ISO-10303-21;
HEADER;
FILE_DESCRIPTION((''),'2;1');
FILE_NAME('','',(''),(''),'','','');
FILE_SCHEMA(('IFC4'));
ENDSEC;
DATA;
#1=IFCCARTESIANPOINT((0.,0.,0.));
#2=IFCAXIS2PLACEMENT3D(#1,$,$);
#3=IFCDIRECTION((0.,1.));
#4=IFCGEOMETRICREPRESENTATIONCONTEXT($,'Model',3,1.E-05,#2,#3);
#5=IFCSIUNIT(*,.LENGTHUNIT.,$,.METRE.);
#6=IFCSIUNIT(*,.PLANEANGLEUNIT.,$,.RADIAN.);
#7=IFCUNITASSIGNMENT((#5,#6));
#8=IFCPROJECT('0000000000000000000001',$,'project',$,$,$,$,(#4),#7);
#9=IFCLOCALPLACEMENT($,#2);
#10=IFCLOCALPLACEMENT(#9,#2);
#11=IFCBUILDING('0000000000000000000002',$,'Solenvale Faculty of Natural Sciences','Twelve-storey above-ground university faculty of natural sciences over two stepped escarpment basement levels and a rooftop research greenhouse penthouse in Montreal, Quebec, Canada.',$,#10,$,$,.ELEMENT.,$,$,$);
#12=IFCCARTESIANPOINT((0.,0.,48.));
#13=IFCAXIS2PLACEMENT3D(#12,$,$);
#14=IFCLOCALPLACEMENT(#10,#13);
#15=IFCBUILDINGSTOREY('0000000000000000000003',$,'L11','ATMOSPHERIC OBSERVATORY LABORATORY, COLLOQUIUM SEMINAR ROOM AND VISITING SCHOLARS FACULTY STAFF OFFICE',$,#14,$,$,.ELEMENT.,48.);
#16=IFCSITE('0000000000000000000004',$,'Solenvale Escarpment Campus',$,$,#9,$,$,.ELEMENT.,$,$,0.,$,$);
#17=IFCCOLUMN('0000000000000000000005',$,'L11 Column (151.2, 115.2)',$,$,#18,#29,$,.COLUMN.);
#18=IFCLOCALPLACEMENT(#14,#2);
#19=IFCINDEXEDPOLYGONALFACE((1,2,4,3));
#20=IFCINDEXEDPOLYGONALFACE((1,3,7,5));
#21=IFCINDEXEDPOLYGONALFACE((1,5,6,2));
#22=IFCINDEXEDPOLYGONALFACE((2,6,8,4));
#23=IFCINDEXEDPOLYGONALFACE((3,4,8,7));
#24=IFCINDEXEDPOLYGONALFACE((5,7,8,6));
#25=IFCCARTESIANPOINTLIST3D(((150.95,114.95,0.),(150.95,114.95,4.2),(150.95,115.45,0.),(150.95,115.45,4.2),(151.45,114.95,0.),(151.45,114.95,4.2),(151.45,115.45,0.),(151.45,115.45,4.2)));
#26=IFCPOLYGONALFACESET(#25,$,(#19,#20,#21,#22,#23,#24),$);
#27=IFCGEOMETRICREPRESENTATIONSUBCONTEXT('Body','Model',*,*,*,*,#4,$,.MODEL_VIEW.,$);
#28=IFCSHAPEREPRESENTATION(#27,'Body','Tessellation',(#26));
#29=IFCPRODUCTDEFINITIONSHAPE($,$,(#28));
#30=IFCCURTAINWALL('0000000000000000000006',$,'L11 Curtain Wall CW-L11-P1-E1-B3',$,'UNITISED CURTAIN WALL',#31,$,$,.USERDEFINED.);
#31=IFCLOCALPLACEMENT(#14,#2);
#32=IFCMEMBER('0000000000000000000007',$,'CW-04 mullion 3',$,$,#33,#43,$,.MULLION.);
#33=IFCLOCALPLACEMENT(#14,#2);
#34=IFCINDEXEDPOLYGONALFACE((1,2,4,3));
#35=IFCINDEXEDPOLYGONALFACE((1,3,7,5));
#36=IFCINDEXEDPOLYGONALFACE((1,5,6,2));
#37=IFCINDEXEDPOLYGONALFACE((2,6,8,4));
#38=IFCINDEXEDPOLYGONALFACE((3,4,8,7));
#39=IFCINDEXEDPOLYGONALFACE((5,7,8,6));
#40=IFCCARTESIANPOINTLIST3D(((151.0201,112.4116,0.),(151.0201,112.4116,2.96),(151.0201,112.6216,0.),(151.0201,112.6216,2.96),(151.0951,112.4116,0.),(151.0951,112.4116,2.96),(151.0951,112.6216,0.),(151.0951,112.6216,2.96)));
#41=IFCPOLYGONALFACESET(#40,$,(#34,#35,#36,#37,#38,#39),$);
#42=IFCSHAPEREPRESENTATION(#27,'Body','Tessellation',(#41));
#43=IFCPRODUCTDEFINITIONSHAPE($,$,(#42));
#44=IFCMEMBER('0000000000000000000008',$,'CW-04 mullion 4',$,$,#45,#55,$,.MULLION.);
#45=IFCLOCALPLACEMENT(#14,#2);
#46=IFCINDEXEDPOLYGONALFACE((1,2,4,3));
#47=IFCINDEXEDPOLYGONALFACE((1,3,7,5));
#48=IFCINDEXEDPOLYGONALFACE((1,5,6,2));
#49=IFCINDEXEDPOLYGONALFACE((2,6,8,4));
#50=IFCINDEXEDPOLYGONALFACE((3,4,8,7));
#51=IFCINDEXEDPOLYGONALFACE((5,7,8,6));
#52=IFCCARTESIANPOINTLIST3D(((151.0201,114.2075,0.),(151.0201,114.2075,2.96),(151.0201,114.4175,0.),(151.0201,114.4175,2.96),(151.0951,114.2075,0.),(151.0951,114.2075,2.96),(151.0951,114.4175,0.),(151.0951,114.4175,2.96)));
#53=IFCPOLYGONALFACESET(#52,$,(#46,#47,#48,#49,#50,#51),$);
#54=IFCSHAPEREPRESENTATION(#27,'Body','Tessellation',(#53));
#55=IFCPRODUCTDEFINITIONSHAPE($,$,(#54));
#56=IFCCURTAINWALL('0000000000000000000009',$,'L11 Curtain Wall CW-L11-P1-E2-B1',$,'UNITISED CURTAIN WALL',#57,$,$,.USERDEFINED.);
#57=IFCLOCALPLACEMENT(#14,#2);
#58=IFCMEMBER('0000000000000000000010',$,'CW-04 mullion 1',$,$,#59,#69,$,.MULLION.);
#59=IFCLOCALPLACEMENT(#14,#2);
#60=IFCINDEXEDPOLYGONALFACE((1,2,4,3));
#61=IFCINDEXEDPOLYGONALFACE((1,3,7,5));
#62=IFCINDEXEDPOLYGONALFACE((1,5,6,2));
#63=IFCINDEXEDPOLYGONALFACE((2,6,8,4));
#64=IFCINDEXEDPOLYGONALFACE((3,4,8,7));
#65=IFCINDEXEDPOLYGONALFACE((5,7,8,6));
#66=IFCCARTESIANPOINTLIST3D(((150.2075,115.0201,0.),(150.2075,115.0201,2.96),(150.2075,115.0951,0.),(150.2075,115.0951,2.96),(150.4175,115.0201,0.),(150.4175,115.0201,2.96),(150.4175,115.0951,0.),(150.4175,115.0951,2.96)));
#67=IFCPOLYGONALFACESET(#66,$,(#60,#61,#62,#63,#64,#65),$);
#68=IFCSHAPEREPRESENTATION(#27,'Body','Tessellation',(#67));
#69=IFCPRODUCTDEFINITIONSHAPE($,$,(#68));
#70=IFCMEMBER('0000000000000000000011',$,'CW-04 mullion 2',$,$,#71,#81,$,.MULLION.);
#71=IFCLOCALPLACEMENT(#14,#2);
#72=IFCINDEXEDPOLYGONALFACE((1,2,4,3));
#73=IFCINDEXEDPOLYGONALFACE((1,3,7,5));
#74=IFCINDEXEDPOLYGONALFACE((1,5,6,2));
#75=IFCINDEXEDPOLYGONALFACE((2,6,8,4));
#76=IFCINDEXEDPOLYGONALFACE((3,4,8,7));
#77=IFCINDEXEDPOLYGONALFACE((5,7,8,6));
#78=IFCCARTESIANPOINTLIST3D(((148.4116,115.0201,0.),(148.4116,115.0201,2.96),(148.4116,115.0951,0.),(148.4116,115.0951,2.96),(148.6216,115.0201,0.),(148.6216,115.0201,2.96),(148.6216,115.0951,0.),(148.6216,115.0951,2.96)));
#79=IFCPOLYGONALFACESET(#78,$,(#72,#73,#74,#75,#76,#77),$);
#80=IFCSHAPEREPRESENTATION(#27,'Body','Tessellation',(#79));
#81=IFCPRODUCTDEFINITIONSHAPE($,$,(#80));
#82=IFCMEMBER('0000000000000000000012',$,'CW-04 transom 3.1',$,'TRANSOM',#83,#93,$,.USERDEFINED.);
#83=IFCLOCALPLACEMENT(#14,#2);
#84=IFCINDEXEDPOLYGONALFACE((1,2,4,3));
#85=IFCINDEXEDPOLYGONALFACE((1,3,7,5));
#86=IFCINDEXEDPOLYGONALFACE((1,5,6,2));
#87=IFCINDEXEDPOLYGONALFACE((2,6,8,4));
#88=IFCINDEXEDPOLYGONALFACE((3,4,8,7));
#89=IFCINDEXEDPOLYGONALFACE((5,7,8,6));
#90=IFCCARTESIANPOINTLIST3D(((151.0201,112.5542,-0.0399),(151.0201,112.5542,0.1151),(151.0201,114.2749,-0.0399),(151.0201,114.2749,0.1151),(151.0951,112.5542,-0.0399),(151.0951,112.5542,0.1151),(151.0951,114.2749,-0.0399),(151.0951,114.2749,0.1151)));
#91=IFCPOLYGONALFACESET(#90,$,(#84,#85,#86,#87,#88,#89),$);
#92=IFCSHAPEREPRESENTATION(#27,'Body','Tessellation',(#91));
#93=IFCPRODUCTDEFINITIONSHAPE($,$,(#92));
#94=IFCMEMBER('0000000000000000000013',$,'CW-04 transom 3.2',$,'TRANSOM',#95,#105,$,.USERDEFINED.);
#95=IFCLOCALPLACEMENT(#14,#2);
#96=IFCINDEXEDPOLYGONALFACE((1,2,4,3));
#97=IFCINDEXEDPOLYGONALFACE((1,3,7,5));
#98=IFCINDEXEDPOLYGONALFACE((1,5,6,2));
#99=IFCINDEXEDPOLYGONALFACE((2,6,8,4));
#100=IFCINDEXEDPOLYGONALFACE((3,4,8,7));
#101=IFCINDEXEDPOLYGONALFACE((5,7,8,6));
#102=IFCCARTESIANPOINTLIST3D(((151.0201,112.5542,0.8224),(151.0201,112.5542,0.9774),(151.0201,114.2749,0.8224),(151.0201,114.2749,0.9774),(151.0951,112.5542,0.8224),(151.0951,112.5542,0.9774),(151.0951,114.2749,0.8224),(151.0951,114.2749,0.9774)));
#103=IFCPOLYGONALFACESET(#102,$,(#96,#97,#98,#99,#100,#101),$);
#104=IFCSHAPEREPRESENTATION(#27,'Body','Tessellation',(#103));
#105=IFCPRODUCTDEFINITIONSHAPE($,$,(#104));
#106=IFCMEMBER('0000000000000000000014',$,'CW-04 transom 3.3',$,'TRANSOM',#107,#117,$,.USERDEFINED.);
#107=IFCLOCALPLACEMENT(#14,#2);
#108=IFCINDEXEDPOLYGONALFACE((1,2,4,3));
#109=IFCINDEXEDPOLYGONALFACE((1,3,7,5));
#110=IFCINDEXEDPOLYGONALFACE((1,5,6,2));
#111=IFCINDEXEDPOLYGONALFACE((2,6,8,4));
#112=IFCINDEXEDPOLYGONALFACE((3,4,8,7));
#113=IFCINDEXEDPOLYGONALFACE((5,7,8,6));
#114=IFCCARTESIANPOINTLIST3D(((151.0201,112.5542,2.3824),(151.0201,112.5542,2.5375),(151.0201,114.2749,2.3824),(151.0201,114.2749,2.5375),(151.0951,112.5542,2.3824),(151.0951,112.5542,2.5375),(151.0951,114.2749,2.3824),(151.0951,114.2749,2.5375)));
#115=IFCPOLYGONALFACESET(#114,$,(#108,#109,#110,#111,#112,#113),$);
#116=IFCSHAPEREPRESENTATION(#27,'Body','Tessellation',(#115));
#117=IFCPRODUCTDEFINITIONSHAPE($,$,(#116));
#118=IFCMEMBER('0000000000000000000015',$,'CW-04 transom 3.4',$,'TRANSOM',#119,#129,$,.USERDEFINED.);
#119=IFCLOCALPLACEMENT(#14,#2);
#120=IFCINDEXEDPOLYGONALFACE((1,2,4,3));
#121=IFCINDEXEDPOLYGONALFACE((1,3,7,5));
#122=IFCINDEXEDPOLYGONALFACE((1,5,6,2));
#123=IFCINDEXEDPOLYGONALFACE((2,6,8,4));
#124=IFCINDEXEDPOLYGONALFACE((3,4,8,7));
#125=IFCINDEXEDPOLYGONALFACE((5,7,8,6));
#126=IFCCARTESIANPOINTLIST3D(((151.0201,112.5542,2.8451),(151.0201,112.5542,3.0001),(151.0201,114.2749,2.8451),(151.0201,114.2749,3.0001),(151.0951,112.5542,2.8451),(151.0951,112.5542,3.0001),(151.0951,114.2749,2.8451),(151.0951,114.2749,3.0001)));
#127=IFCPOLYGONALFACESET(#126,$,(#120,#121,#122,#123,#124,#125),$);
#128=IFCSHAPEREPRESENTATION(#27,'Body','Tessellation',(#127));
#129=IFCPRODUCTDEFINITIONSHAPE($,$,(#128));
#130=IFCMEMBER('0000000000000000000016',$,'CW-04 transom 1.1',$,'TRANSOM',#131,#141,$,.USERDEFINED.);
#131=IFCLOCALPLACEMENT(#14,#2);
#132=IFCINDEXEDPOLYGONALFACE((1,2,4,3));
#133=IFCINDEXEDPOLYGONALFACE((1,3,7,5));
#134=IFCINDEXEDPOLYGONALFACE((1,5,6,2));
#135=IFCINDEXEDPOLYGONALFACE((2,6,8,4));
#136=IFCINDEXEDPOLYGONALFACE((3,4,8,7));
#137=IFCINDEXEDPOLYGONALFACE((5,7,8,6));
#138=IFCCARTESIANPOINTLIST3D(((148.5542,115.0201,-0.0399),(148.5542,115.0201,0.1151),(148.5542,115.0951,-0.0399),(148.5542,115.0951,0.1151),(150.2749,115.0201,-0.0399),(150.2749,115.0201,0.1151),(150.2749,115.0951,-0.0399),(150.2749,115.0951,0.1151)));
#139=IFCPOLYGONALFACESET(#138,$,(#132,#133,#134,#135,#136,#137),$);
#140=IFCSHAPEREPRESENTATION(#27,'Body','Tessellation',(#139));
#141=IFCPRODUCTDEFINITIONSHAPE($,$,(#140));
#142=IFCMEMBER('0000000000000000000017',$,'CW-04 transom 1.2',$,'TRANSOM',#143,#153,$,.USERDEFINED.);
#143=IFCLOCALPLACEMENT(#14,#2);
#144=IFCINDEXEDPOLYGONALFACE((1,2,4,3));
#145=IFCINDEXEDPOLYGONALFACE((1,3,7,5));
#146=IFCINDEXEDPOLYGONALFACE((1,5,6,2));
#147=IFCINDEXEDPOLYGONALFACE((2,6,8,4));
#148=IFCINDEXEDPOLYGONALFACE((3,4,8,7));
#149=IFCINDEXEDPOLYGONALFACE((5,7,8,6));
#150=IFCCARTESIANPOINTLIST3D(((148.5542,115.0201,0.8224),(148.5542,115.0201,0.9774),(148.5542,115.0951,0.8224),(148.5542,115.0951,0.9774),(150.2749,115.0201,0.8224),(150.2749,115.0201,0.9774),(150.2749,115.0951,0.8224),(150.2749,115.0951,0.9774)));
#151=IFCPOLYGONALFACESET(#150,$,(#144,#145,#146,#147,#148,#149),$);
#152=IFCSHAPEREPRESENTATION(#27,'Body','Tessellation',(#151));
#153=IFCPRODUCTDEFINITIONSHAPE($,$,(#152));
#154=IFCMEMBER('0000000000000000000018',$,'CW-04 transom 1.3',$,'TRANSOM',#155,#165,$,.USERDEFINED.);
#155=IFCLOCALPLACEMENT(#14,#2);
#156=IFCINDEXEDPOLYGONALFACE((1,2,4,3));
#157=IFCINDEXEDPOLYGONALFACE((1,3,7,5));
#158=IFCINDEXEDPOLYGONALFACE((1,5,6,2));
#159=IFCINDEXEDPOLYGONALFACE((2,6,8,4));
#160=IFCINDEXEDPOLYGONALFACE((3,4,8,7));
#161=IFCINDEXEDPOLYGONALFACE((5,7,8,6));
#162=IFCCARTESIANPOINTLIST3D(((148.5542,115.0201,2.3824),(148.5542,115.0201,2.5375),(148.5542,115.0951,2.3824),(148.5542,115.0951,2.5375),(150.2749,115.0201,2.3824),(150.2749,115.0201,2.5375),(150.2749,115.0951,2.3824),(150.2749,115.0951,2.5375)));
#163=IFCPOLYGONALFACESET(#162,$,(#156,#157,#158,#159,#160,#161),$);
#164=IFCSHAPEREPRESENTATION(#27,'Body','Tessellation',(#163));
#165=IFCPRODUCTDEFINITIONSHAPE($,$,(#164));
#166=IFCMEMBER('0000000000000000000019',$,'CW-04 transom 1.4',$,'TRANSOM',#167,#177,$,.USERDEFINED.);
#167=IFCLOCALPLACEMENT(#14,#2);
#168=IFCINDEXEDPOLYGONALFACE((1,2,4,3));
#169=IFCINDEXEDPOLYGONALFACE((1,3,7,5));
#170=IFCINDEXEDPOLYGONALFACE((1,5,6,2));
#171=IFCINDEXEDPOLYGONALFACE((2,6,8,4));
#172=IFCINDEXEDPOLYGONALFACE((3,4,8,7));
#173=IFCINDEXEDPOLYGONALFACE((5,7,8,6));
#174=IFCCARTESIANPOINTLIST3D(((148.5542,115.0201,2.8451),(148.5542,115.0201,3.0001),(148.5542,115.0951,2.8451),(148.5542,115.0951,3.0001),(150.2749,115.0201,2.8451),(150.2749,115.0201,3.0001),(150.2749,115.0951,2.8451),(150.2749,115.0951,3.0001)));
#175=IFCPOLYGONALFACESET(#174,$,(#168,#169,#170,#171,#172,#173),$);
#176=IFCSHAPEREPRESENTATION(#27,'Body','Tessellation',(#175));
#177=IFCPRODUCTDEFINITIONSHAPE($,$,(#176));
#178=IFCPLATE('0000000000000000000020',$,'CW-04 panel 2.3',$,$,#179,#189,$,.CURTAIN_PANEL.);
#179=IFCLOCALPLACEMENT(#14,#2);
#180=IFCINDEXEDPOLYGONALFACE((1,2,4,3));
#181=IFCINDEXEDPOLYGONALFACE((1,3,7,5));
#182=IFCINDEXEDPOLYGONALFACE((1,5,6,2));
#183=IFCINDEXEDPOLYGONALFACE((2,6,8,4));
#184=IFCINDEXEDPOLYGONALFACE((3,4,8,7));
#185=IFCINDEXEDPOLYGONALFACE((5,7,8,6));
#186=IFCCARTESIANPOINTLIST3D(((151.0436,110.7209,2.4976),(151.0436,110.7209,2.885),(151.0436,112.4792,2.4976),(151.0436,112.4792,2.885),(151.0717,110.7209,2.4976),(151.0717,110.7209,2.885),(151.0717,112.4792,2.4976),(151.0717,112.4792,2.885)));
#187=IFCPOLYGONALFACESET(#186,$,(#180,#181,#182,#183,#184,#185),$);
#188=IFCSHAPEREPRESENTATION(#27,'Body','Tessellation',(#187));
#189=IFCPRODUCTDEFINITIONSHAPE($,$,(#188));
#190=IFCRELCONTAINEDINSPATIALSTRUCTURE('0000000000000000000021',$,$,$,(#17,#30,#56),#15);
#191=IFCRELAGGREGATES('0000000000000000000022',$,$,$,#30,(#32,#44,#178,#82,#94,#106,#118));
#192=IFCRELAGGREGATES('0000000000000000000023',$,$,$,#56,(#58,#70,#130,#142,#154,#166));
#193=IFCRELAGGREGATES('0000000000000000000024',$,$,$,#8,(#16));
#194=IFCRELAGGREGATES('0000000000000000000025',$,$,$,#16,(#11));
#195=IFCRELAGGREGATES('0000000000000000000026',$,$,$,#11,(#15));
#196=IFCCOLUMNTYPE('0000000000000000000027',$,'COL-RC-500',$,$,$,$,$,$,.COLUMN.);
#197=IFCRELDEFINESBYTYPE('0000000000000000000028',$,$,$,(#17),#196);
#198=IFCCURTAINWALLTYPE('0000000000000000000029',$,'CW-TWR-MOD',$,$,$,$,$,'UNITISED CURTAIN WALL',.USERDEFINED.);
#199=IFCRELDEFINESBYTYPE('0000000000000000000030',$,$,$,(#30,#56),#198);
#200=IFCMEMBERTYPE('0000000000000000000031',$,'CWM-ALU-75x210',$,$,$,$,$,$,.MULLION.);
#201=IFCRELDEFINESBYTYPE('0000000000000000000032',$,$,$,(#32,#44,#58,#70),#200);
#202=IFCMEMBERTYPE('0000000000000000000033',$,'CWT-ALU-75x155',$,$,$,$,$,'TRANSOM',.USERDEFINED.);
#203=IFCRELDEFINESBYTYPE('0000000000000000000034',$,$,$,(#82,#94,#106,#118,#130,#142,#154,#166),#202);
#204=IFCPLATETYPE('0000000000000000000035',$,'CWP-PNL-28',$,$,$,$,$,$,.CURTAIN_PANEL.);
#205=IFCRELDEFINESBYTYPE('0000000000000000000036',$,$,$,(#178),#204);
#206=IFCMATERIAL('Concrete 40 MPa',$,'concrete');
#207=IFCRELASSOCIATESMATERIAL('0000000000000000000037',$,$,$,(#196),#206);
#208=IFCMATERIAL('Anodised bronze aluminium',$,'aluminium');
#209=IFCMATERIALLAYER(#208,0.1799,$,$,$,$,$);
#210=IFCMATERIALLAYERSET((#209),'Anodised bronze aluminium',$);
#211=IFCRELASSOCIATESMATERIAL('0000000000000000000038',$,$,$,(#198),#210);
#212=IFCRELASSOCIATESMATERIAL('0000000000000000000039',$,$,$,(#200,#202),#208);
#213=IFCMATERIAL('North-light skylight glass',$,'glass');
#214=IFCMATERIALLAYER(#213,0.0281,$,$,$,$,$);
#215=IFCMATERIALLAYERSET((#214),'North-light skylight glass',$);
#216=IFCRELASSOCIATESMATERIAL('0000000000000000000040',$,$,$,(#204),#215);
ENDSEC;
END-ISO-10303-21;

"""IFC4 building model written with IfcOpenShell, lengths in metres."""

from ifc_helpers import new_model, si_unit, direction, frame, origin, origin_2d, place, context, subcontext, project, spatial, rectangle, extrude, material, layer, layer_set, material_profile, profile_set, type_object, element, aggregate, save


model = new_model("IFC4")

# Units and contexts
model_context = context("Model", 3, precision=1e-05, world=origin(), true_north=direction((0.0, 1.0)))
body_context = subcontext(model_context, "Body", "Model", "MODEL_VIEW")
ifc_project = project(units=[si_unit("LENGTHUNIT", "METRE"), si_unit("PLANEANGLEUNIT", "RADIAN")], contexts=[model_context])

# Site, building, storey
site_placement = place(None, origin())
site = spatial("IfcSite", under=ifc_project, at=site_placement, Name="Solenvale Escarpment Campus", CompositionType="ELEMENT", RefElevation=0.0)
building_placement = place(site_placement, origin())
building = spatial("IfcBuilding", under=site, at=building_placement, Name="Solenvale Faculty of Natural Sciences", Description="Twelve-storey above-ground university faculty of natural sciences over two stepped escarpment basement levels and a rooftop research greenhouse penthouse in Montreal, Quebec, Canada.", CompositionType="ELEMENT")
storey_placement = place(building_placement, frame((0.0, 0.0, 48.0)))
storey = spatial("IfcBuildingStorey", under=building, at=storey_placement, Name="L11", Description="ATMOSPHERIC OBSERVATORY LABORATORY, COLLOQUIUM SEMINAR ROOM AND VISITING SCHOLARS FACULTY STAFF OFFICE", CompositionType="ELEMENT", Elevation=48.0)

# Column
ifc_material_1 = material(Name="Concrete 40 MPa", Category="concrete")
ifc_material_profile_1 = material_profile(ifc_material_1, rectangle(XDim=0.5, YDim=0.5, at=origin_2d()), Name="RC-COL-500x500")
ifc_profile_set_1 = profile_set([ifc_material_profile_1], Name="Concrete 40 MPa")
column_type = type_object("IfcColumnType", Name="COL-RC-500", PredefinedType="COLUMN", material=ifc_profile_set_1)
column_placement = place(storey_placement, frame((151.2, 115.2, 0.0), z_axis=(0.0, 0.0, 1.0), x_axis=(1.0, 0.0, 0.0)))
element("IfcColumn", 1, at=column_placement, inside=storey, type_object=column_type, Name="L11 Column (151.2, 115.2)", PredefinedType="COLUMN", context=body_context, shape_type="SweptSolid", body=[
    extrude(rectangle(XDim=0.5, YDim=0.5, at=origin_2d()), origin(), (0.0, 0.0, 1.0), 4.2),
])

# Curtain walls, members
ifc_material_2 = material(Name="Anodised bronze aluminium", Category="aluminium")
ifc_layer_1 = layer(ifc_material_2, 0.1799)
ifc_layer_set_1 = layer_set([ifc_layer_1], Name="Anodised bronze aluminium")
curtain_wall_type = type_object("IfcCurtainWallType", Name="CW-TWR-MOD", ElementType="UNITISED CURTAIN WALL", PredefinedType="USERDEFINED", material=ifc_layer_set_1)
curtain_wall_1_placement = place(storey_placement, origin())
curtain_wall_1 = element("IfcCurtainWall", 2, at=curtain_wall_1_placement, inside=storey, type_object=curtain_wall_type, Name="L11 Curtain Wall CW-L11-P1-E1-B3", ObjectType="UNITISED CURTAIN WALL", PredefinedType="USERDEFINED")
ifc_material_profile_2 = material_profile(ifc_material_2, rectangle(XDim=0.075, YDim=0.21, at=origin_2d()), Name="ALU-MUL-75x210")
ifc_profile_set_2 = profile_set([ifc_material_profile_2], Name="Anodised bronze aluminium")
member_type_1 = type_object("IfcMemberType", Name="CWM-ALU-75x210", PredefinedType="MULLION", material=ifc_profile_set_2)
member_1_placement = place(storey_placement, frame((151.0576, 112.5166, 0.0), z_axis=(0.0, 0.0, 1.0), x_axis=(-1.0, 0.0, 0.0)))
member_1 = element("IfcMember", 3, at=member_1_placement, type_object=member_type_1, Name="CW-04 mullion 3", PredefinedType="MULLION", context=body_context, shape_type="SweptSolid", body=[
    extrude(rectangle(XDim=0.075, YDim=0.21, at=origin_2d()), origin(), (0.0, 0.0, 1.0), 2.96),
])
member_2_placement = place(storey_placement, frame((151.0576, 114.3125, 0.0), z_axis=(0.0, 0.0, 1.0), x_axis=(-1.0, 0.0, 0.0)))
member_2 = element("IfcMember", 4, at=member_2_placement, type_object=member_type_1, Name="CW-04 mullion 4", PredefinedType="MULLION", context=body_context, shape_type="SweptSolid", body=[
    extrude(rectangle(XDim=0.075, YDim=0.21, at=origin_2d()), origin(), (0.0, 0.0, 1.0), 2.96),
])
curtain_wall_2_placement = place(storey_placement, origin())
curtain_wall_2 = element("IfcCurtainWall", 5, at=curtain_wall_2_placement, inside=storey, type_object=curtain_wall_type, Name="L11 Curtain Wall CW-L11-P1-E2-B1", ObjectType="UNITISED CURTAIN WALL", PredefinedType="USERDEFINED")
member_3_placement = place(storey_placement, frame((150.3125, 115.0576, 0.0), z_axis=(0.0, 0.0, 1.0), x_axis=(0.0, -1.0, 0.0)))
member_3 = element("IfcMember", 6, at=member_3_placement, type_object=member_type_1, Name="CW-04 mullion 1", PredefinedType="MULLION", context=body_context, shape_type="SweptSolid", body=[
    extrude(rectangle(XDim=0.075, YDim=0.21, at=origin_2d()), origin(), (0.0, 0.0, 1.0), 2.96),
])
member_4_placement = place(storey_placement, frame((148.5166, 115.0576, 0.0), z_axis=(0.0, 0.0, 1.0), x_axis=(0.0, -1.0, 0.0)))
member_4 = element("IfcMember", 7, at=member_4_placement, type_object=member_type_1, Name="CW-04 mullion 2", PredefinedType="MULLION", context=body_context, shape_type="SweptSolid", body=[
    extrude(rectangle(XDim=0.075, YDim=0.21, at=origin_2d()), origin(), (0.0, 0.0, 1.0), 2.96),
])

# Members
ifc_material_profile_3 = material_profile(ifc_material_2, rectangle(XDim=0.075, YDim=0.155, at=origin_2d()), Name="ALU-TRN-75x155")
ifc_profile_set_3 = profile_set([ifc_material_profile_3], Name="Anodised bronze aluminium")
member_type_2 = type_object("IfcMemberType", Name="CWT-ALU-75x155", ElementType="TRANSOM", PredefinedType="USERDEFINED", material=ifc_profile_set_3)
member_5_placement = place(storey_placement, frame((151.0576, 112.5542, 0.0376), z_axis=(0.0, 1.0, 0.0), x_axis=(-1.0, 0.0, 0.0)))
member_5 = element("IfcMember", 8, at=member_5_placement, type_object=member_type_2, Name="CW-04 transom 3.1", ObjectType="TRANSOM", PredefinedType="USERDEFINED", context=body_context, shape_type="SweptSolid", body=[
    extrude(rectangle(XDim=0.075, YDim=0.155, at=origin_2d()), origin(), (0.0, 0.0, 1.0), 1.7207),
])
member_6_placement = place(storey_placement, frame((151.0576, 112.5542, 0.8999), z_axis=(0.0, 1.0, 0.0), x_axis=(-1.0, 0.0, 0.0)))
member_6 = element("IfcMember", 9, at=member_6_placement, type_object=member_type_2, Name="CW-04 transom 3.2", ObjectType="TRANSOM", PredefinedType="USERDEFINED", context=body_context, shape_type="SweptSolid", body=[
    extrude(rectangle(XDim=0.075, YDim=0.155, at=origin_2d()), origin(), (0.0, 0.0, 1.0), 1.7207),
])
member_7_placement = place(storey_placement, frame((151.0576, 112.5542, 2.46), z_axis=(0.0, 1.0, 0.0), x_axis=(-1.0, 0.0, 0.0)))
member_7 = element("IfcMember", 10, at=member_7_placement, type_object=member_type_2, Name="CW-04 transom 3.3", ObjectType="TRANSOM", PredefinedType="USERDEFINED", context=body_context, shape_type="SweptSolid", body=[
    extrude(rectangle(XDim=0.075, YDim=0.155, at=origin_2d()), origin(), (0.0, 0.0, 1.0), 1.7207),
])
member_8_placement = place(storey_placement, frame((151.0576, 112.5542, 2.9226), z_axis=(0.0, 1.0, 0.0), x_axis=(-1.0, 0.0, 0.0)))
member_8 = element("IfcMember", 11, at=member_8_placement, type_object=member_type_2, Name="CW-04 transom 3.4", ObjectType="TRANSOM", PredefinedType="USERDEFINED", context=body_context, shape_type="SweptSolid", body=[
    extrude(rectangle(XDim=0.075, YDim=0.155, at=origin_2d()), origin(), (0.0, 0.0, 1.0), 1.7207),
])
member_9_placement = place(storey_placement, frame((150.2749, 115.0576, 0.0376), z_axis=(-1.0, 0.0, 0.0), x_axis=(0.0, -1.0, 0.0)))
member_9 = element("IfcMember", 12, at=member_9_placement, type_object=member_type_2, Name="CW-04 transom 1.1", ObjectType="TRANSOM", PredefinedType="USERDEFINED", context=body_context, shape_type="SweptSolid", body=[
    extrude(rectangle(XDim=0.075, YDim=0.155, at=origin_2d()), origin(), (0.0, 0.0, 1.0), 1.7207),
])
member_10_placement = place(storey_placement, frame((150.2749, 115.0576, 0.8999), z_axis=(-1.0, 0.0, 0.0), x_axis=(0.0, -1.0, 0.0)))
member_10 = element("IfcMember", 13, at=member_10_placement, type_object=member_type_2, Name="CW-04 transom 1.2", ObjectType="TRANSOM", PredefinedType="USERDEFINED", context=body_context, shape_type="SweptSolid", body=[
    extrude(rectangle(XDim=0.075, YDim=0.155, at=origin_2d()), origin(), (0.0, 0.0, 1.0), 1.7207),
])
member_11_placement = place(storey_placement, frame((150.2749, 115.0576, 2.46), z_axis=(-1.0, 0.0, 0.0), x_axis=(0.0, -1.0, 0.0)))
member_11 = element("IfcMember", 14, at=member_11_placement, type_object=member_type_2, Name="CW-04 transom 1.3", ObjectType="TRANSOM", PredefinedType="USERDEFINED", context=body_context, shape_type="SweptSolid", body=[
    extrude(rectangle(XDim=0.075, YDim=0.155, at=origin_2d()), origin(), (0.0, 0.0, 1.0), 1.7207),
])
member_12_placement = place(storey_placement, frame((150.2749, 115.0576, 2.9226), z_axis=(-1.0, 0.0, 0.0), x_axis=(0.0, -1.0, 0.0)))
member_12 = element("IfcMember", 15, at=member_12_placement, type_object=member_type_2, Name="CW-04 transom 1.4", ObjectType="TRANSOM", PredefinedType="USERDEFINED", context=body_context, shape_type="SweptSolid", body=[
    extrude(rectangle(XDim=0.075, YDim=0.155, at=origin_2d()), origin(), (0.0, 0.0, 1.0), 1.7207),
])

# Plate
ifc_material_3 = material(Name="North-light skylight glass", Category="glass")
ifc_layer_2 = layer(ifc_material_3, 0.0281)
ifc_layer_set_2 = layer_set([ifc_layer_2], Name="North-light skylight glass")
plate_type_1 = type_object("IfcPlateType", Name="CWP-PNL-28", PredefinedType="CURTAIN_PANEL", material=ifc_layer_set_2)
plate_1_placement = place(storey_placement, frame((151.0576, 111.6001, 2.4976), z_axis=(0.0, 0.0, 1.0), x_axis=(0.0, 1.0, 0.0)))
plate_1 = element("IfcPlate", 16, at=plate_1_placement, type_object=plate_type_1, Name="CW-04 panel 2.3", PredefinedType="CURTAIN_PANEL", context=body_context, shape_type="SweptSolid", body=[
    extrude(rectangle(XDim=1.7583, YDim=0.0281, at=origin_2d()), origin(), (0.0, 0.0, 1.0), 0.3875),
])
aggregate(curtain_wall_1, [member_1, member_2, plate_1, member_5, member_6, member_7, member_8])
aggregate(curtain_wall_2, [member_3, member_4, member_9, member_10, member_11, member_12])

save(model, "model.ifc")
